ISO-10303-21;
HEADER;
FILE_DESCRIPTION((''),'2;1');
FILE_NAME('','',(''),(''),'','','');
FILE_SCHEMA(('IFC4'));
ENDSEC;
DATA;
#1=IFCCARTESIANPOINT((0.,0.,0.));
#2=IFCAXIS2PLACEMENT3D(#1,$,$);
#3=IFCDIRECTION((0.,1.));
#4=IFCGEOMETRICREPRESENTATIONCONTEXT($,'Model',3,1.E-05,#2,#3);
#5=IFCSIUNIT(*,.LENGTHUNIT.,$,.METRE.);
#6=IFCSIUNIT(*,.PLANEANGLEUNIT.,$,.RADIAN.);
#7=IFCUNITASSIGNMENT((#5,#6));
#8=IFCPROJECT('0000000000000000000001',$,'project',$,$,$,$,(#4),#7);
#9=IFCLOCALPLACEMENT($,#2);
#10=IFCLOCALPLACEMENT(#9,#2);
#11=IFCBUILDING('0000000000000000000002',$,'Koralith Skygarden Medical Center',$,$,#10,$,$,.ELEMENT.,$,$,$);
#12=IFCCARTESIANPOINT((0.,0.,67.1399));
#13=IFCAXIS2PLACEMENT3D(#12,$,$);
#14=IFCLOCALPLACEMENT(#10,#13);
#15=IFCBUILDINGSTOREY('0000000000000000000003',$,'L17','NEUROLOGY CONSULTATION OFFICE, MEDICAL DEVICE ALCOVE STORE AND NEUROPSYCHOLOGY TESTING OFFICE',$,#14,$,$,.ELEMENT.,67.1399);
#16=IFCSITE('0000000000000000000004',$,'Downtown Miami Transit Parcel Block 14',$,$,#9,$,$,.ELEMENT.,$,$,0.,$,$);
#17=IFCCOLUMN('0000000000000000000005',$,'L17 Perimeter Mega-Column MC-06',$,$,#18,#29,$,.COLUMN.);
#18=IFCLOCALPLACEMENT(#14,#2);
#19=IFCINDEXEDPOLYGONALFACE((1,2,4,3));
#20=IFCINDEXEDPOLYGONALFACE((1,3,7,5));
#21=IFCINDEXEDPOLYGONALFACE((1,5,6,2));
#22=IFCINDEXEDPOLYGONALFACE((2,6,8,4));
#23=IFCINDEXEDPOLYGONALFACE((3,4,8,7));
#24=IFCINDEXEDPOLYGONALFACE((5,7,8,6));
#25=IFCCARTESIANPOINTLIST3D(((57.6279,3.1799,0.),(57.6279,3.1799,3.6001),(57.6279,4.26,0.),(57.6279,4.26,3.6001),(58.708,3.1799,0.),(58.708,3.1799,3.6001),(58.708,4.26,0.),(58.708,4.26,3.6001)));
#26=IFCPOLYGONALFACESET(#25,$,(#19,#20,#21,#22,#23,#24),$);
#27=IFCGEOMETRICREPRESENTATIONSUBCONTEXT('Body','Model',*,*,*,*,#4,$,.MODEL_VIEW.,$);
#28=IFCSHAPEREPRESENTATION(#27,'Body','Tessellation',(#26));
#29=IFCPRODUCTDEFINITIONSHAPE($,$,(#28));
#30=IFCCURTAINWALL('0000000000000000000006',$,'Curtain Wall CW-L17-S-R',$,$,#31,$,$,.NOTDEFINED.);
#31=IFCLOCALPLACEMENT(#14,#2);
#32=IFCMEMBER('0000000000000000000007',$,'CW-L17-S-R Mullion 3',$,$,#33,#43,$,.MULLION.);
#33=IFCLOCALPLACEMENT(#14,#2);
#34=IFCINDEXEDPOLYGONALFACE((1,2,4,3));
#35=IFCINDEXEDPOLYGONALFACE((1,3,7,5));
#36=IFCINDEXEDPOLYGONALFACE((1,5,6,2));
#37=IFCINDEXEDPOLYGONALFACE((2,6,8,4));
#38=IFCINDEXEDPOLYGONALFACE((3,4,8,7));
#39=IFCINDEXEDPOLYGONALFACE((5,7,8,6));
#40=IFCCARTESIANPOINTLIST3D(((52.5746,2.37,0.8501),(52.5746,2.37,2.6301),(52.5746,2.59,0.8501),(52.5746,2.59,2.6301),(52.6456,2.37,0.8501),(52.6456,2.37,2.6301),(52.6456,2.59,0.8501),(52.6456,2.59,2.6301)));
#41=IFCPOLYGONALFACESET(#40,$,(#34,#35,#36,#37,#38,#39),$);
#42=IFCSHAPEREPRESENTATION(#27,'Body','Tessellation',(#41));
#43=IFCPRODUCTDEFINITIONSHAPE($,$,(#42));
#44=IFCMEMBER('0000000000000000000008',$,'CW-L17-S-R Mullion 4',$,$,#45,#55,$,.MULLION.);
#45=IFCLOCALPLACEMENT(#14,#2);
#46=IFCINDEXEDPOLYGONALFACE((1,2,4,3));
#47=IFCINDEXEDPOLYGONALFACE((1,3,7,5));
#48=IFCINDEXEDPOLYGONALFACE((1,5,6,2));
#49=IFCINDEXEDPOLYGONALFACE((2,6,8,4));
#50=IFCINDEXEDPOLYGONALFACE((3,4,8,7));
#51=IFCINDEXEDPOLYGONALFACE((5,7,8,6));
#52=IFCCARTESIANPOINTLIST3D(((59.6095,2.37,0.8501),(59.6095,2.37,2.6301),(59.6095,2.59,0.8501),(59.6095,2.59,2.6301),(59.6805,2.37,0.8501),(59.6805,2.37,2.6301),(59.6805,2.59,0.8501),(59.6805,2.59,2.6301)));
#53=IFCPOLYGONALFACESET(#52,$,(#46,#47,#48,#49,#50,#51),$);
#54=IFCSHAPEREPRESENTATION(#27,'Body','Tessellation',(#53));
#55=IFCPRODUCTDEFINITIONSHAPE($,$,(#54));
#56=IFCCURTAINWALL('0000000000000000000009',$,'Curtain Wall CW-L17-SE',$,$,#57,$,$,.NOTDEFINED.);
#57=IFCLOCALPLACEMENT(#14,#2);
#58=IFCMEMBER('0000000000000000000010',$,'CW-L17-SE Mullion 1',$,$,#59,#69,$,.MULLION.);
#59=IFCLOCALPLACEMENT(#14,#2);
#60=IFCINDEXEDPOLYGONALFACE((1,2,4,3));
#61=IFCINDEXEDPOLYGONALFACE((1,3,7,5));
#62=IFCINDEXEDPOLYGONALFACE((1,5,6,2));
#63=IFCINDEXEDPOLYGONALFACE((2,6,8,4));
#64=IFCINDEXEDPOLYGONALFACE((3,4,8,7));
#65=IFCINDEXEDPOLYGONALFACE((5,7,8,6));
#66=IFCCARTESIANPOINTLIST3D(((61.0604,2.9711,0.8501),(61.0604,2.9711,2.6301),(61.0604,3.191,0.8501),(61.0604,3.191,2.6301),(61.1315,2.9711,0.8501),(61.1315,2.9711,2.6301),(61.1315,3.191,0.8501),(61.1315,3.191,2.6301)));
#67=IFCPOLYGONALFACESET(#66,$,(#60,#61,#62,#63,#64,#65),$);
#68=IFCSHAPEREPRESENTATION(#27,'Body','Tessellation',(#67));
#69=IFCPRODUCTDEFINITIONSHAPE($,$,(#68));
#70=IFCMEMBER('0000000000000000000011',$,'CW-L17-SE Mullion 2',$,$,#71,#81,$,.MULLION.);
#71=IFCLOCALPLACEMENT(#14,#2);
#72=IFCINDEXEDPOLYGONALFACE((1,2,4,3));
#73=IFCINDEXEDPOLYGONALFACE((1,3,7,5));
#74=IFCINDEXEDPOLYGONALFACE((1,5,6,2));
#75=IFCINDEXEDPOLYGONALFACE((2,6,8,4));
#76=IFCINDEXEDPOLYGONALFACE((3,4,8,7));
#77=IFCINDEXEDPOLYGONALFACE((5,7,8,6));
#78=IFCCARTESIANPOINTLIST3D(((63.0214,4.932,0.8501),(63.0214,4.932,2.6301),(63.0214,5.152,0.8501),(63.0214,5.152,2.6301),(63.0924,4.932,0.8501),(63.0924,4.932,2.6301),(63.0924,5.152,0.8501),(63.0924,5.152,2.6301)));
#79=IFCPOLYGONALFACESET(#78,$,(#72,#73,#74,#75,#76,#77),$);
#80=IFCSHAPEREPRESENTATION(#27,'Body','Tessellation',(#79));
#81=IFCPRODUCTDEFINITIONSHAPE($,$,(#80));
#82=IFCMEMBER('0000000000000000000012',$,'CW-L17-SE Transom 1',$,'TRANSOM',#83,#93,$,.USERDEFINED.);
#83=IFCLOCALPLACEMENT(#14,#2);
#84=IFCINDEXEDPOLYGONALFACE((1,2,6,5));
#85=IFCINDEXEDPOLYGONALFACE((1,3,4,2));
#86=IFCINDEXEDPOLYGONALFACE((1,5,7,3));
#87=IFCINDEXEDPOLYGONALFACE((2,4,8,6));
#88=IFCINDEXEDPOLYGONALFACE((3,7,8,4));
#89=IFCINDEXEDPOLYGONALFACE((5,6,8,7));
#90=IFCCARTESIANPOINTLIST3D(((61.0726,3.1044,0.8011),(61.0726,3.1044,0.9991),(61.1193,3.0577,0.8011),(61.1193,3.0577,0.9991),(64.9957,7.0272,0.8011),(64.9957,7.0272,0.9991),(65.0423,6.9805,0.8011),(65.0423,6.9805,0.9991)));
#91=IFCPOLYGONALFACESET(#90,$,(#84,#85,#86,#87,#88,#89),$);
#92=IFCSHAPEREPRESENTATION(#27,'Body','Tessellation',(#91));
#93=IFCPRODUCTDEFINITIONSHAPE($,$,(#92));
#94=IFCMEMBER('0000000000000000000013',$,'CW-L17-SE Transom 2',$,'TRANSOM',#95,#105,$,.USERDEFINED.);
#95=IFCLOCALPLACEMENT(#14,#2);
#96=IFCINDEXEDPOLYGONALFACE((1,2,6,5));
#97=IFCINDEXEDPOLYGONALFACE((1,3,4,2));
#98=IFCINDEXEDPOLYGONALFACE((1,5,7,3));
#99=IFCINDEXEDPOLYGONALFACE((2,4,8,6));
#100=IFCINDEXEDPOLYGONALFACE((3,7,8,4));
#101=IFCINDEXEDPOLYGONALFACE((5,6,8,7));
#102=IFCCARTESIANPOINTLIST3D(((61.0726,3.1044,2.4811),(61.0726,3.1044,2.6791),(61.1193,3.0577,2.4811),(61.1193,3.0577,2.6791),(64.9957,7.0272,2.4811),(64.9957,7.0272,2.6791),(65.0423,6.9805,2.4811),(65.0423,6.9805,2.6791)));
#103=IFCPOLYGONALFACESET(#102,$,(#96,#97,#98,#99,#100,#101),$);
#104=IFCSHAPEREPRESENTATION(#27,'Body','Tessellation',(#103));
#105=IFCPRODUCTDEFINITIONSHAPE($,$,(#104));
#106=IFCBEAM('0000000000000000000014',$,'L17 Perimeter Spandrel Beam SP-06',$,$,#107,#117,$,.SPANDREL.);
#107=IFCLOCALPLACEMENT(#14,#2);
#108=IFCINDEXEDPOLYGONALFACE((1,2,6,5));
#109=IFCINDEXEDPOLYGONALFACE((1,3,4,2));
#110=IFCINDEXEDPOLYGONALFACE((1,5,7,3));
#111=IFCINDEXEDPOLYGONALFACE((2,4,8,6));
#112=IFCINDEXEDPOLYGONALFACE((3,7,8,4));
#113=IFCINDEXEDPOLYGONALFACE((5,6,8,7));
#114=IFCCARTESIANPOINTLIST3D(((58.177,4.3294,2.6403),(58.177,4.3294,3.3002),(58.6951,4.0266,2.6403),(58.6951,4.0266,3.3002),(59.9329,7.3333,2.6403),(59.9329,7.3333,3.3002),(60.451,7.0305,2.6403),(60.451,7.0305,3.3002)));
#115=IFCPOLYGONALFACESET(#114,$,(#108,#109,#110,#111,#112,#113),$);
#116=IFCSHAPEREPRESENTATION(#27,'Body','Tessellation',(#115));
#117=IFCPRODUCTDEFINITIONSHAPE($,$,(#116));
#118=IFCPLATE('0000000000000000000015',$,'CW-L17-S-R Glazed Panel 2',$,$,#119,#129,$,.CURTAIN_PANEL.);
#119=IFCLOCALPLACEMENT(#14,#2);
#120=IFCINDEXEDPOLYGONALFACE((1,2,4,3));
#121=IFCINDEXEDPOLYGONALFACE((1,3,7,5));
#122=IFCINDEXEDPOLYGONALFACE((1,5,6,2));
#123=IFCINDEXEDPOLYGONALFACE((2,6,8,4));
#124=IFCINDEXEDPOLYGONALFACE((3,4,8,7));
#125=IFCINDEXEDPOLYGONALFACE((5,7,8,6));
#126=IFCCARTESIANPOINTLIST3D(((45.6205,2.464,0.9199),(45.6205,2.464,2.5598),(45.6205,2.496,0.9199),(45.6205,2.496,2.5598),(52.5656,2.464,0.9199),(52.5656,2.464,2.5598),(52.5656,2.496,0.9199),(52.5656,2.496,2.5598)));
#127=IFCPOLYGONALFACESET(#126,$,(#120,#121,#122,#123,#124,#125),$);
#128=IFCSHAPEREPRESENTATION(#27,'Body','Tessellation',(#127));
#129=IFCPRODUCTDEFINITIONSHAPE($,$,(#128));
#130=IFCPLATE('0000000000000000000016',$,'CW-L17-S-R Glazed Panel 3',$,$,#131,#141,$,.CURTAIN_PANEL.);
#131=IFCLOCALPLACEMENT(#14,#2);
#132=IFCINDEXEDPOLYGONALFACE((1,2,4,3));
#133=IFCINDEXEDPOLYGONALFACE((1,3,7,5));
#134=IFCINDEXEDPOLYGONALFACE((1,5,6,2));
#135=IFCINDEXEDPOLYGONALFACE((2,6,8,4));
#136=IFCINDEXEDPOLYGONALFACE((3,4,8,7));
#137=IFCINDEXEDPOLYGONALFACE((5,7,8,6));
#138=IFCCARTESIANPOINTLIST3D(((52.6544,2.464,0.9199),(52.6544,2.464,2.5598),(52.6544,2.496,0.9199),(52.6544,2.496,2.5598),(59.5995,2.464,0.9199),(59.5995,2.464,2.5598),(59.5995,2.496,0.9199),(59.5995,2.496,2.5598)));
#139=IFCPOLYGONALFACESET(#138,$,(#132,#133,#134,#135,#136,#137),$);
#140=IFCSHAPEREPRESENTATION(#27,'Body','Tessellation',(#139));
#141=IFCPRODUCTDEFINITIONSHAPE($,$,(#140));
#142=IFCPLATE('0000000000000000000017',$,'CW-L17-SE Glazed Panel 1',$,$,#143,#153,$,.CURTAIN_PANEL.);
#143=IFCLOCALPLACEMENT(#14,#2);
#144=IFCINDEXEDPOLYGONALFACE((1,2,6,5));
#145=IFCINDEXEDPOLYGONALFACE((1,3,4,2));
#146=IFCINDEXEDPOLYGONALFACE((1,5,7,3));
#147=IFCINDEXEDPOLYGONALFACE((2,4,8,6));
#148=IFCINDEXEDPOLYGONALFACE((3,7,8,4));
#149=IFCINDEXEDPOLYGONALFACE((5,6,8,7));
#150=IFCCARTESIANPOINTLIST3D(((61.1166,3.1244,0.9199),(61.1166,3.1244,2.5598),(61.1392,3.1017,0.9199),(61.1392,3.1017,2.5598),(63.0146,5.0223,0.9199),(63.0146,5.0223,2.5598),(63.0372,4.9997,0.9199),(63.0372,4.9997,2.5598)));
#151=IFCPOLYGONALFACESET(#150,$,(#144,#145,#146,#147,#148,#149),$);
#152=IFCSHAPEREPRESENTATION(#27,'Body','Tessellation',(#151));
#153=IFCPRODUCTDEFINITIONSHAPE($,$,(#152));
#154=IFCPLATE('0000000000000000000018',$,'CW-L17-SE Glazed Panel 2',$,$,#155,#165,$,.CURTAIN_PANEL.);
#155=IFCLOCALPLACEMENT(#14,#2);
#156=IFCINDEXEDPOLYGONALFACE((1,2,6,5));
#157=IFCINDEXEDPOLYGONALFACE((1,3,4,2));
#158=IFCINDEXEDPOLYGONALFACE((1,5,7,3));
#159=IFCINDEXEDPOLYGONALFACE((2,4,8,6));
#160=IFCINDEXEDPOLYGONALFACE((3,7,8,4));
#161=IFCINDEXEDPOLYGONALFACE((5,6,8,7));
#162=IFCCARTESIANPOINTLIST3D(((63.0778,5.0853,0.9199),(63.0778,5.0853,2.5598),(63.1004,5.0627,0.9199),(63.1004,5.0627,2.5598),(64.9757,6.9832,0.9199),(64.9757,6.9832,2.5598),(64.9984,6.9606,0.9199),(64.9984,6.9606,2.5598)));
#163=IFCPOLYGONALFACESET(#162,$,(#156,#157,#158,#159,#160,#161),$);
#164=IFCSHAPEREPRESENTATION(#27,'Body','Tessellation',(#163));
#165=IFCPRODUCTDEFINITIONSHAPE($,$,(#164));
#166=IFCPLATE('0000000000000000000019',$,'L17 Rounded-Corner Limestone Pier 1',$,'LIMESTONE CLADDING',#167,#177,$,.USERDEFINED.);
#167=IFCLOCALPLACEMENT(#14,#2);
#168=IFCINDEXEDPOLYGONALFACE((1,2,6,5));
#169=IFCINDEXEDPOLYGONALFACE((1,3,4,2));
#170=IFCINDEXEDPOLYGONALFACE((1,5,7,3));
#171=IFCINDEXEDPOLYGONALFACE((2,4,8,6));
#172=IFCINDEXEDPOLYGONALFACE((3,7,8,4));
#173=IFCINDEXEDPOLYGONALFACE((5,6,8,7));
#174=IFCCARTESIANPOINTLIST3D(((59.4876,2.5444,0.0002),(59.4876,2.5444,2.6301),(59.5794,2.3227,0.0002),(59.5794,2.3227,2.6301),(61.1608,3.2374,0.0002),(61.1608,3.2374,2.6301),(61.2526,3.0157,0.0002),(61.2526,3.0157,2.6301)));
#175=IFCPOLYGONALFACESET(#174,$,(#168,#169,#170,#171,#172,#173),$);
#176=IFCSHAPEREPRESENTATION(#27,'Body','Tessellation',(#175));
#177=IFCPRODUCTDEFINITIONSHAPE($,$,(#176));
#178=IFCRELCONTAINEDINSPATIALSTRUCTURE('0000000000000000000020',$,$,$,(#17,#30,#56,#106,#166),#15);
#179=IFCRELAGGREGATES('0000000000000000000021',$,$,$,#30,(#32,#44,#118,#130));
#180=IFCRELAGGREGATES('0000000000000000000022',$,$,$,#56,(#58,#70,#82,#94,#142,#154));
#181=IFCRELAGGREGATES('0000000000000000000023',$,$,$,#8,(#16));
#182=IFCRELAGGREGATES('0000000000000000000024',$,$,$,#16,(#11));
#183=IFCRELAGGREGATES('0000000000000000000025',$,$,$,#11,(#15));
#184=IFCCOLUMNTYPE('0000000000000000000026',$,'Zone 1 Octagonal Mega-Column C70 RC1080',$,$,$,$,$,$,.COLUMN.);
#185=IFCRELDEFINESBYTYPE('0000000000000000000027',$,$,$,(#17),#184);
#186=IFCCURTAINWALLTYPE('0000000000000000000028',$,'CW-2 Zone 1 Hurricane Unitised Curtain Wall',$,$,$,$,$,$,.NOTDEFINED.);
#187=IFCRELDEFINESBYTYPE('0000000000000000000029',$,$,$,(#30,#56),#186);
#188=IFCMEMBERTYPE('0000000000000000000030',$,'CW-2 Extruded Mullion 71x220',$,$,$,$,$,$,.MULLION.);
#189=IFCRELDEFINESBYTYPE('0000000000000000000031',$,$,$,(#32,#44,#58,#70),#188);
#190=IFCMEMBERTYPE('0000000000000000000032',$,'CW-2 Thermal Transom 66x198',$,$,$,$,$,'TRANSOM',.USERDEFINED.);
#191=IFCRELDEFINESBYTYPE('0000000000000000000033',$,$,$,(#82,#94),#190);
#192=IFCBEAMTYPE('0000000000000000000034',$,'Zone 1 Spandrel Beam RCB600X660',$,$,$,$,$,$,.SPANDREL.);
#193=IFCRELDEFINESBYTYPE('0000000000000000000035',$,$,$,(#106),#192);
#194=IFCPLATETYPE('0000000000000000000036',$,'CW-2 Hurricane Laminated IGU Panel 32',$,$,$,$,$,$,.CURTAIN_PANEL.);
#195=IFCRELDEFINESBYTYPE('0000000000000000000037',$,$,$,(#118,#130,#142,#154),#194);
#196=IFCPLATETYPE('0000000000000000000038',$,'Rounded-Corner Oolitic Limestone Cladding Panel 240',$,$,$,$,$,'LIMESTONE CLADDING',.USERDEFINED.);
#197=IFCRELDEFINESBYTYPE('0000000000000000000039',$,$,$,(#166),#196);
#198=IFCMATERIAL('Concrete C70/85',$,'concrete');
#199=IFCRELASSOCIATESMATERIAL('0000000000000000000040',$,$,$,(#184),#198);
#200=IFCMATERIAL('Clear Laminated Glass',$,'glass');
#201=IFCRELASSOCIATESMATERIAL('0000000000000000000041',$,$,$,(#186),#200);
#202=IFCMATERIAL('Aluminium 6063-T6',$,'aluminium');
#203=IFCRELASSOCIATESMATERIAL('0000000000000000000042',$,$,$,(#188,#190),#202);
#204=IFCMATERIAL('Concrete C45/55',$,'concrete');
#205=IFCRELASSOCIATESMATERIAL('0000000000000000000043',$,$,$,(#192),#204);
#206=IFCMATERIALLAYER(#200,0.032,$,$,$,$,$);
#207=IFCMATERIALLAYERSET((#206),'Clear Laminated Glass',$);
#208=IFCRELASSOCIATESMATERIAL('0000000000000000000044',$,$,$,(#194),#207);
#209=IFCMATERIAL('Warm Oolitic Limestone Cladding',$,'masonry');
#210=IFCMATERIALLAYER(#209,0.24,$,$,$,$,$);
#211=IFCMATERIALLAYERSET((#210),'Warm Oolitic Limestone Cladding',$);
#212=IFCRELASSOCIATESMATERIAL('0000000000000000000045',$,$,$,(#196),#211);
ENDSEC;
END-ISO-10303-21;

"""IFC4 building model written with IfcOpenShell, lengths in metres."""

from ifc_helpers import new_model, si_unit, direction, frame, origin, origin_2d, place, context, subcontext, project, spatial, rectangle, extrude, material, layer, layer_set, material_profile, profile_set, type_object, element, aggregate, save


model = new_model("IFC4")

# Units and contexts
model_context = context("Model", 3, precision=1e-05, world=origin(), true_north=direction((0.0, 1.0)))
body_context = subcontext(model_context, "Body", "Model", "MODEL_VIEW")
ifc_project = project(units=[si_unit("LENGTHUNIT", "METRE"), si_unit("PLANEANGLEUNIT", "RADIAN")], contexts=[model_context])

# Site, building, storey
site_placement = place(None, origin())
site = spatial("IfcSite", under=ifc_project, at=site_placement, Name="Downtown Miami Transit Parcel Block 14", CompositionType="ELEMENT", RefElevation=0.0)
building_placement = place(site_placement, origin())
building = spatial("IfcBuilding", under=site, at=building_placement, Name="Koralith Skygarden Medical Center", CompositionType="ELEMENT")
storey_placement = place(building_placement, frame((0.0, 0.0, 67.1399)))
storey = spatial("IfcBuildingStorey", under=building, at=storey_placement, Name="L17", Description="NEUROLOGY CONSULTATION OFFICE, MEDICAL DEVICE ALCOVE STORE AND NEUROPSYCHOLOGY TESTING OFFICE", CompositionType="ELEMENT", Elevation=67.1399)

# Column
ifc_material_1 = material(Name="Concrete C70/85", Category="concrete")
ifc_material_profile_1 = material_profile(ifc_material_1, rectangle(XDim=1.0801, YDim=1.0801, at=origin_2d()), Name="RC1080X1080")
ifc_profile_set_1 = profile_set([ifc_material_profile_1], Name="Concrete C70/85")
column_type = type_object("IfcColumnType", Name="Zone 1 Octagonal Mega-Column C70 RC1080", PredefinedType="COLUMN", material=ifc_profile_set_1)
column_placement = place(storey_placement, frame((58.168, 3.72, 0.0), z_axis=(0.0, 0.0, 1.0), x_axis=(1.0, 0.0, 0.0)))
element("IfcColumn", 1, at=column_placement, inside=storey, type_object=column_type, Name="L17 Perimeter Mega-Column MC-06", PredefinedType="COLUMN", context=body_context, shape_type="SweptSolid", body=[
    extrude(rectangle(XDim=1.0801, YDim=1.0801, at=origin_2d()), origin(), (0.0, 0.0, 1.0), 3.6001),
])

# Curtain walls, members
ifc_material_2 = material(Name="Clear Laminated Glass", Category="glass")
curtain_wall_type = type_object("IfcCurtainWallType", Name="CW-2 Zone 1 Hurricane Unitised Curtain Wall", PredefinedType="NOTDEFINED", material=ifc_material_2)
curtain_wall_1_placement = place(storey_placement, origin())
curtain_wall_1 = element("IfcCurtainWall", 2, at=curtain_wall_1_placement, inside=storey, type_object=curtain_wall_type, Name="Curtain Wall CW-L17-S-R", PredefinedType="NOTDEFINED")
ifc_material_3 = material(Name="Aluminium 6063-T6", Category="aluminium")
ifc_material_profile_2 = material_profile(ifc_material_3, rectangle(XDim=0.071, YDim=0.22, at=origin_2d()), Name="MUL71X220")
ifc_profile_set_2 = profile_set([ifc_material_profile_2], Name="Aluminium 6063-T6")
member_type_1 = type_object("IfcMemberType", Name="CW-2 Extruded Mullion 71x220", PredefinedType="MULLION", material=ifc_profile_set_2)
member_1_placement = place(storey_placement, frame((52.6101, 2.48, 0.8501), z_axis=(0.0, 0.0, 1.0), x_axis=(1.0, 0.0, 0.0)))
member_1 = element("IfcMember", 3, at=member_1_placement, type_object=member_type_1, Name="CW-L17-S-R Mullion 3", PredefinedType="MULLION", context=body_context, shape_type="SweptSolid", body=[
    extrude(rectangle(XDim=0.071, YDim=0.22, at=origin_2d()), origin(), (0.0, 0.0, 1.0), 1.78),
])
member_2_placement = place(storey_placement, frame((59.645, 2.48, 0.8501), z_axis=(0.0, 0.0, 1.0), x_axis=(1.0, 0.0, 0.0)))
member_2 = element("IfcMember", 4, at=member_2_placement, type_object=member_type_1, Name="CW-L17-S-R Mullion 4", PredefinedType="MULLION", context=body_context, shape_type="SweptSolid", body=[
    extrude(rectangle(XDim=0.071, YDim=0.22, at=origin_2d()), origin(), (0.0, 0.0, 1.0), 1.78),
])
curtain_wall_2_placement = place(storey_placement, origin())
curtain_wall_2 = element("IfcCurtainWall", 5, at=curtain_wall_2_placement, inside=storey, type_object=curtain_wall_type, Name="Curtain Wall CW-L17-SE", PredefinedType="NOTDEFINED")
member_3_placement = place(storey_placement, frame((61.0959, 3.0811, 0.8501), z_axis=(0.0, 0.0, 1.0), x_axis=(1.0, 0.0, 0.0)))
member_3 = element("IfcMember", 6, at=member_3_placement, type_object=member_type_1, Name="CW-L17-SE Mullion 1", PredefinedType="MULLION", context=body_context, shape_type="SweptSolid", body=[
    extrude(rectangle(XDim=0.071, YDim=0.22, at=origin_2d()), origin(), (0.0, 0.0, 1.0), 1.78),
])
member_4_placement = place(storey_placement, frame((63.0569, 5.042, 0.8501), z_axis=(0.0, 0.0, 1.0), x_axis=(1.0, 0.0, 0.0)))
member_4 = element("IfcMember", 7, at=member_4_placement, type_object=member_type_1, Name="CW-L17-SE Mullion 2", PredefinedType="MULLION", context=body_context, shape_type="SweptSolid", body=[
    extrude(rectangle(XDim=0.071, YDim=0.22, at=origin_2d()), origin(), (0.0, 0.0, 1.0), 1.78),
])
ifc_material_profile_3 = material_profile(ifc_material_3, rectangle(XDim=0.0659, YDim=0.198, at=origin_2d()), Name="TRN66X198")
ifc_profile_set_3 = profile_set([ifc_material_profile_3], Name="Aluminium 6063-T6")
member_type_2 = type_object("IfcMemberType", Name="CW-2 Thermal Transom 66x198", ElementType="TRANSOM", PredefinedType="USERDEFINED", material=ifc_profile_set_3)
member_5_placement = place(storey_placement, frame((61.0959, 3.0811, 0.9001), z_axis=(0.707129, 0.707085, 0.0), x_axis=(-0.707085, 0.707129, 0.0)))
member_5 = element("IfcMember", 8, at=member_5_placement, type_object=member_type_2, Name="CW-L17-SE Transom 1", ObjectType="TRANSOM", PredefinedType="USERDEFINED", context=body_context, shape_type="SweptSolid", body=[
    extrude(rectangle(XDim=0.0659, YDim=0.198, at=origin_2d()), origin(), (0.0, 0.0, 1.0), 5.5479),
])
member_6_placement = place(storey_placement, frame((61.0959, 3.0811, 2.5801), z_axis=(0.707129, 0.707085, 0.0), x_axis=(-0.707085, 0.707129, 0.0)))
member_6 = element("IfcMember", 9, at=member_6_placement, type_object=member_type_2, Name="CW-L17-SE Transom 2", ObjectType="TRANSOM", PredefinedType="USERDEFINED", context=body_context, shape_type="SweptSolid", body=[
    extrude(rectangle(XDim=0.0659, YDim=0.198, at=origin_2d()), origin(), (0.0, 0.0, 1.0), 5.5479),
])

# Beam
ifc_material_4 = material(Name="Concrete C45/55", Category="concrete")
ifc_material_profile_4 = material_profile(ifc_material_4, rectangle(XDim=0.6001, YDim=0.6599, at=origin_2d()), Name="RCB600X660")
ifc_profile_set_4 = profile_set([ifc_material_profile_4], Name="Concrete C45/55")
beam_type = type_object("IfcBeamType", Name="Zone 1 Spandrel Beam RCB600X660", PredefinedType="SPANDREL", material=ifc_profile_set_4)
beam_placement = place(storey_placement, frame((58.436, 4.178, 2.9702), z_axis=(0.504639, 0.863331, 0.0), x_axis=(-0.863331, 0.504639, 0.0)))
element("IfcBeam", 10, at=beam_placement, inside=storey, type_object=beam_type, Name="L17 Perimeter Spandrel Beam SP-06", PredefinedType="SPANDREL", context=body_context, shape_type="SweptSolid", body=[
    extrude(rectangle(XDim=0.6001, YDim=0.6599, at=origin_2d()), origin(), (0.0, 0.0, 1.0), 3.4795),
])

# Plates
ifc_layer_1 = layer(ifc_material_2, 0.032)
ifc_layer_set_1 = layer_set([ifc_layer_1], Name="Clear Laminated Glass")
plate_type_1 = type_object("IfcPlateType", Name="CW-2 Hurricane Laminated IGU Panel 32", PredefinedType="CURTAIN_PANEL", material=ifc_layer_set_1)
plate_1_placement = place(storey_placement, frame((49.093, 2.48, 0.9199), z_axis=(0.0, 0.0, 1.0), x_axis=(1.0, 0.0, 0.0)))
plate_1 = element("IfcPlate", 11, at=plate_1_placement, type_object=plate_type_1, Name="CW-L17-S-R Glazed Panel 2", PredefinedType="CURTAIN_PANEL", context=body_context, shape_type="SweptSolid", body=[
    extrude(rectangle(XDim=6.9451, YDim=0.032, at=origin_2d()), origin(), (0.0, 0.0, 1.0), 1.6399),
])
plate_2_placement = place(storey_placement, frame((56.127, 2.48, 0.9199), z_axis=(0.0, 0.0, 1.0), x_axis=(1.0, 0.0, 0.0)))
plate_2 = element("IfcPlate", 12, at=plate_2_placement, type_object=plate_type_1, Name="CW-L17-S-R Glazed Panel 3", PredefinedType="CURTAIN_PANEL", context=body_context, shape_type="SweptSolid", body=[
    extrude(rectangle(XDim=6.9451, YDim=0.032, at=origin_2d()), origin(), (0.0, 0.0, 1.0), 1.6399),
])
aggregate(curtain_wall_1, [member_1, member_2, plate_1, plate_2])
plate_3_placement = place(storey_placement, frame((62.0769, 4.062, 0.9199), z_axis=(0.0, 0.0, 1.0), x_axis=(0.707107, 0.707107, 0.0)))
plate_3 = element("IfcPlate", 13, at=plate_3_placement, type_object=plate_type_1, Name="CW-L17-SE Glazed Panel 1", PredefinedType="CURTAIN_PANEL", context=body_context, shape_type="SweptSolid", body=[
    extrude(rectangle(XDim=2.6841, YDim=0.032, at=origin_2d()), origin(), (0.0, 0.0, 1.0), 1.6399),
])
plate_4_placement = place(storey_placement, frame((64.0381, 6.0229, 0.9199), z_axis=(0.0, 0.0, 1.0), x_axis=(0.707107, 0.707107, 0.0)))
plate_4 = element("IfcPlate", 14, at=plate_4_placement, type_object=plate_type_1, Name="CW-L17-SE Glazed Panel 2", PredefinedType="CURTAIN_PANEL", context=body_context, shape_type="SweptSolid", body=[
    extrude(rectangle(XDim=2.6841, YDim=0.032, at=origin_2d()), origin(), (0.0, 0.0, 1.0), 1.6399),
])
aggregate(curtain_wall_2, [member_3, member_4, member_5, member_6, plate_3, plate_4])
ifc_material_5 = material(Name="Warm Oolitic Limestone Cladding", Category="masonry")
ifc_layer_2 = layer(ifc_material_5, 0.24)
ifc_layer_set_2 = layer_set([ifc_layer_2], Name="Warm Oolitic Limestone Cladding")
plate_type_2 = type_object("IfcPlateType", Name="Rounded-Corner Oolitic Limestone Cladding Panel 240", ElementType="LIMESTONE CLADDING", PredefinedType="USERDEFINED", material=ifc_layer_set_2)
plate_5_placement = place(storey_placement, frame((60.3701, 2.78, 0.0002), z_axis=(0.0, 0.0, 1.0), x_axis=(0.923885, 0.382671, 0.0)))
element("IfcPlate", 15, at=plate_5_placement, inside=storey, type_object=plate_type_2, Name="L17 Rounded-Corner Limestone Pier 1", ObjectType="LIMESTONE CLADDING", PredefinedType="USERDEFINED", context=body_context, shape_type="SweptSolid", body=[
    extrude(rectangle(XDim=1.811, YDim=0.24, at=origin_2d()), origin(), (0.0, 0.0, 1.0), 2.6299),
])

save(model, "model.ifc")
